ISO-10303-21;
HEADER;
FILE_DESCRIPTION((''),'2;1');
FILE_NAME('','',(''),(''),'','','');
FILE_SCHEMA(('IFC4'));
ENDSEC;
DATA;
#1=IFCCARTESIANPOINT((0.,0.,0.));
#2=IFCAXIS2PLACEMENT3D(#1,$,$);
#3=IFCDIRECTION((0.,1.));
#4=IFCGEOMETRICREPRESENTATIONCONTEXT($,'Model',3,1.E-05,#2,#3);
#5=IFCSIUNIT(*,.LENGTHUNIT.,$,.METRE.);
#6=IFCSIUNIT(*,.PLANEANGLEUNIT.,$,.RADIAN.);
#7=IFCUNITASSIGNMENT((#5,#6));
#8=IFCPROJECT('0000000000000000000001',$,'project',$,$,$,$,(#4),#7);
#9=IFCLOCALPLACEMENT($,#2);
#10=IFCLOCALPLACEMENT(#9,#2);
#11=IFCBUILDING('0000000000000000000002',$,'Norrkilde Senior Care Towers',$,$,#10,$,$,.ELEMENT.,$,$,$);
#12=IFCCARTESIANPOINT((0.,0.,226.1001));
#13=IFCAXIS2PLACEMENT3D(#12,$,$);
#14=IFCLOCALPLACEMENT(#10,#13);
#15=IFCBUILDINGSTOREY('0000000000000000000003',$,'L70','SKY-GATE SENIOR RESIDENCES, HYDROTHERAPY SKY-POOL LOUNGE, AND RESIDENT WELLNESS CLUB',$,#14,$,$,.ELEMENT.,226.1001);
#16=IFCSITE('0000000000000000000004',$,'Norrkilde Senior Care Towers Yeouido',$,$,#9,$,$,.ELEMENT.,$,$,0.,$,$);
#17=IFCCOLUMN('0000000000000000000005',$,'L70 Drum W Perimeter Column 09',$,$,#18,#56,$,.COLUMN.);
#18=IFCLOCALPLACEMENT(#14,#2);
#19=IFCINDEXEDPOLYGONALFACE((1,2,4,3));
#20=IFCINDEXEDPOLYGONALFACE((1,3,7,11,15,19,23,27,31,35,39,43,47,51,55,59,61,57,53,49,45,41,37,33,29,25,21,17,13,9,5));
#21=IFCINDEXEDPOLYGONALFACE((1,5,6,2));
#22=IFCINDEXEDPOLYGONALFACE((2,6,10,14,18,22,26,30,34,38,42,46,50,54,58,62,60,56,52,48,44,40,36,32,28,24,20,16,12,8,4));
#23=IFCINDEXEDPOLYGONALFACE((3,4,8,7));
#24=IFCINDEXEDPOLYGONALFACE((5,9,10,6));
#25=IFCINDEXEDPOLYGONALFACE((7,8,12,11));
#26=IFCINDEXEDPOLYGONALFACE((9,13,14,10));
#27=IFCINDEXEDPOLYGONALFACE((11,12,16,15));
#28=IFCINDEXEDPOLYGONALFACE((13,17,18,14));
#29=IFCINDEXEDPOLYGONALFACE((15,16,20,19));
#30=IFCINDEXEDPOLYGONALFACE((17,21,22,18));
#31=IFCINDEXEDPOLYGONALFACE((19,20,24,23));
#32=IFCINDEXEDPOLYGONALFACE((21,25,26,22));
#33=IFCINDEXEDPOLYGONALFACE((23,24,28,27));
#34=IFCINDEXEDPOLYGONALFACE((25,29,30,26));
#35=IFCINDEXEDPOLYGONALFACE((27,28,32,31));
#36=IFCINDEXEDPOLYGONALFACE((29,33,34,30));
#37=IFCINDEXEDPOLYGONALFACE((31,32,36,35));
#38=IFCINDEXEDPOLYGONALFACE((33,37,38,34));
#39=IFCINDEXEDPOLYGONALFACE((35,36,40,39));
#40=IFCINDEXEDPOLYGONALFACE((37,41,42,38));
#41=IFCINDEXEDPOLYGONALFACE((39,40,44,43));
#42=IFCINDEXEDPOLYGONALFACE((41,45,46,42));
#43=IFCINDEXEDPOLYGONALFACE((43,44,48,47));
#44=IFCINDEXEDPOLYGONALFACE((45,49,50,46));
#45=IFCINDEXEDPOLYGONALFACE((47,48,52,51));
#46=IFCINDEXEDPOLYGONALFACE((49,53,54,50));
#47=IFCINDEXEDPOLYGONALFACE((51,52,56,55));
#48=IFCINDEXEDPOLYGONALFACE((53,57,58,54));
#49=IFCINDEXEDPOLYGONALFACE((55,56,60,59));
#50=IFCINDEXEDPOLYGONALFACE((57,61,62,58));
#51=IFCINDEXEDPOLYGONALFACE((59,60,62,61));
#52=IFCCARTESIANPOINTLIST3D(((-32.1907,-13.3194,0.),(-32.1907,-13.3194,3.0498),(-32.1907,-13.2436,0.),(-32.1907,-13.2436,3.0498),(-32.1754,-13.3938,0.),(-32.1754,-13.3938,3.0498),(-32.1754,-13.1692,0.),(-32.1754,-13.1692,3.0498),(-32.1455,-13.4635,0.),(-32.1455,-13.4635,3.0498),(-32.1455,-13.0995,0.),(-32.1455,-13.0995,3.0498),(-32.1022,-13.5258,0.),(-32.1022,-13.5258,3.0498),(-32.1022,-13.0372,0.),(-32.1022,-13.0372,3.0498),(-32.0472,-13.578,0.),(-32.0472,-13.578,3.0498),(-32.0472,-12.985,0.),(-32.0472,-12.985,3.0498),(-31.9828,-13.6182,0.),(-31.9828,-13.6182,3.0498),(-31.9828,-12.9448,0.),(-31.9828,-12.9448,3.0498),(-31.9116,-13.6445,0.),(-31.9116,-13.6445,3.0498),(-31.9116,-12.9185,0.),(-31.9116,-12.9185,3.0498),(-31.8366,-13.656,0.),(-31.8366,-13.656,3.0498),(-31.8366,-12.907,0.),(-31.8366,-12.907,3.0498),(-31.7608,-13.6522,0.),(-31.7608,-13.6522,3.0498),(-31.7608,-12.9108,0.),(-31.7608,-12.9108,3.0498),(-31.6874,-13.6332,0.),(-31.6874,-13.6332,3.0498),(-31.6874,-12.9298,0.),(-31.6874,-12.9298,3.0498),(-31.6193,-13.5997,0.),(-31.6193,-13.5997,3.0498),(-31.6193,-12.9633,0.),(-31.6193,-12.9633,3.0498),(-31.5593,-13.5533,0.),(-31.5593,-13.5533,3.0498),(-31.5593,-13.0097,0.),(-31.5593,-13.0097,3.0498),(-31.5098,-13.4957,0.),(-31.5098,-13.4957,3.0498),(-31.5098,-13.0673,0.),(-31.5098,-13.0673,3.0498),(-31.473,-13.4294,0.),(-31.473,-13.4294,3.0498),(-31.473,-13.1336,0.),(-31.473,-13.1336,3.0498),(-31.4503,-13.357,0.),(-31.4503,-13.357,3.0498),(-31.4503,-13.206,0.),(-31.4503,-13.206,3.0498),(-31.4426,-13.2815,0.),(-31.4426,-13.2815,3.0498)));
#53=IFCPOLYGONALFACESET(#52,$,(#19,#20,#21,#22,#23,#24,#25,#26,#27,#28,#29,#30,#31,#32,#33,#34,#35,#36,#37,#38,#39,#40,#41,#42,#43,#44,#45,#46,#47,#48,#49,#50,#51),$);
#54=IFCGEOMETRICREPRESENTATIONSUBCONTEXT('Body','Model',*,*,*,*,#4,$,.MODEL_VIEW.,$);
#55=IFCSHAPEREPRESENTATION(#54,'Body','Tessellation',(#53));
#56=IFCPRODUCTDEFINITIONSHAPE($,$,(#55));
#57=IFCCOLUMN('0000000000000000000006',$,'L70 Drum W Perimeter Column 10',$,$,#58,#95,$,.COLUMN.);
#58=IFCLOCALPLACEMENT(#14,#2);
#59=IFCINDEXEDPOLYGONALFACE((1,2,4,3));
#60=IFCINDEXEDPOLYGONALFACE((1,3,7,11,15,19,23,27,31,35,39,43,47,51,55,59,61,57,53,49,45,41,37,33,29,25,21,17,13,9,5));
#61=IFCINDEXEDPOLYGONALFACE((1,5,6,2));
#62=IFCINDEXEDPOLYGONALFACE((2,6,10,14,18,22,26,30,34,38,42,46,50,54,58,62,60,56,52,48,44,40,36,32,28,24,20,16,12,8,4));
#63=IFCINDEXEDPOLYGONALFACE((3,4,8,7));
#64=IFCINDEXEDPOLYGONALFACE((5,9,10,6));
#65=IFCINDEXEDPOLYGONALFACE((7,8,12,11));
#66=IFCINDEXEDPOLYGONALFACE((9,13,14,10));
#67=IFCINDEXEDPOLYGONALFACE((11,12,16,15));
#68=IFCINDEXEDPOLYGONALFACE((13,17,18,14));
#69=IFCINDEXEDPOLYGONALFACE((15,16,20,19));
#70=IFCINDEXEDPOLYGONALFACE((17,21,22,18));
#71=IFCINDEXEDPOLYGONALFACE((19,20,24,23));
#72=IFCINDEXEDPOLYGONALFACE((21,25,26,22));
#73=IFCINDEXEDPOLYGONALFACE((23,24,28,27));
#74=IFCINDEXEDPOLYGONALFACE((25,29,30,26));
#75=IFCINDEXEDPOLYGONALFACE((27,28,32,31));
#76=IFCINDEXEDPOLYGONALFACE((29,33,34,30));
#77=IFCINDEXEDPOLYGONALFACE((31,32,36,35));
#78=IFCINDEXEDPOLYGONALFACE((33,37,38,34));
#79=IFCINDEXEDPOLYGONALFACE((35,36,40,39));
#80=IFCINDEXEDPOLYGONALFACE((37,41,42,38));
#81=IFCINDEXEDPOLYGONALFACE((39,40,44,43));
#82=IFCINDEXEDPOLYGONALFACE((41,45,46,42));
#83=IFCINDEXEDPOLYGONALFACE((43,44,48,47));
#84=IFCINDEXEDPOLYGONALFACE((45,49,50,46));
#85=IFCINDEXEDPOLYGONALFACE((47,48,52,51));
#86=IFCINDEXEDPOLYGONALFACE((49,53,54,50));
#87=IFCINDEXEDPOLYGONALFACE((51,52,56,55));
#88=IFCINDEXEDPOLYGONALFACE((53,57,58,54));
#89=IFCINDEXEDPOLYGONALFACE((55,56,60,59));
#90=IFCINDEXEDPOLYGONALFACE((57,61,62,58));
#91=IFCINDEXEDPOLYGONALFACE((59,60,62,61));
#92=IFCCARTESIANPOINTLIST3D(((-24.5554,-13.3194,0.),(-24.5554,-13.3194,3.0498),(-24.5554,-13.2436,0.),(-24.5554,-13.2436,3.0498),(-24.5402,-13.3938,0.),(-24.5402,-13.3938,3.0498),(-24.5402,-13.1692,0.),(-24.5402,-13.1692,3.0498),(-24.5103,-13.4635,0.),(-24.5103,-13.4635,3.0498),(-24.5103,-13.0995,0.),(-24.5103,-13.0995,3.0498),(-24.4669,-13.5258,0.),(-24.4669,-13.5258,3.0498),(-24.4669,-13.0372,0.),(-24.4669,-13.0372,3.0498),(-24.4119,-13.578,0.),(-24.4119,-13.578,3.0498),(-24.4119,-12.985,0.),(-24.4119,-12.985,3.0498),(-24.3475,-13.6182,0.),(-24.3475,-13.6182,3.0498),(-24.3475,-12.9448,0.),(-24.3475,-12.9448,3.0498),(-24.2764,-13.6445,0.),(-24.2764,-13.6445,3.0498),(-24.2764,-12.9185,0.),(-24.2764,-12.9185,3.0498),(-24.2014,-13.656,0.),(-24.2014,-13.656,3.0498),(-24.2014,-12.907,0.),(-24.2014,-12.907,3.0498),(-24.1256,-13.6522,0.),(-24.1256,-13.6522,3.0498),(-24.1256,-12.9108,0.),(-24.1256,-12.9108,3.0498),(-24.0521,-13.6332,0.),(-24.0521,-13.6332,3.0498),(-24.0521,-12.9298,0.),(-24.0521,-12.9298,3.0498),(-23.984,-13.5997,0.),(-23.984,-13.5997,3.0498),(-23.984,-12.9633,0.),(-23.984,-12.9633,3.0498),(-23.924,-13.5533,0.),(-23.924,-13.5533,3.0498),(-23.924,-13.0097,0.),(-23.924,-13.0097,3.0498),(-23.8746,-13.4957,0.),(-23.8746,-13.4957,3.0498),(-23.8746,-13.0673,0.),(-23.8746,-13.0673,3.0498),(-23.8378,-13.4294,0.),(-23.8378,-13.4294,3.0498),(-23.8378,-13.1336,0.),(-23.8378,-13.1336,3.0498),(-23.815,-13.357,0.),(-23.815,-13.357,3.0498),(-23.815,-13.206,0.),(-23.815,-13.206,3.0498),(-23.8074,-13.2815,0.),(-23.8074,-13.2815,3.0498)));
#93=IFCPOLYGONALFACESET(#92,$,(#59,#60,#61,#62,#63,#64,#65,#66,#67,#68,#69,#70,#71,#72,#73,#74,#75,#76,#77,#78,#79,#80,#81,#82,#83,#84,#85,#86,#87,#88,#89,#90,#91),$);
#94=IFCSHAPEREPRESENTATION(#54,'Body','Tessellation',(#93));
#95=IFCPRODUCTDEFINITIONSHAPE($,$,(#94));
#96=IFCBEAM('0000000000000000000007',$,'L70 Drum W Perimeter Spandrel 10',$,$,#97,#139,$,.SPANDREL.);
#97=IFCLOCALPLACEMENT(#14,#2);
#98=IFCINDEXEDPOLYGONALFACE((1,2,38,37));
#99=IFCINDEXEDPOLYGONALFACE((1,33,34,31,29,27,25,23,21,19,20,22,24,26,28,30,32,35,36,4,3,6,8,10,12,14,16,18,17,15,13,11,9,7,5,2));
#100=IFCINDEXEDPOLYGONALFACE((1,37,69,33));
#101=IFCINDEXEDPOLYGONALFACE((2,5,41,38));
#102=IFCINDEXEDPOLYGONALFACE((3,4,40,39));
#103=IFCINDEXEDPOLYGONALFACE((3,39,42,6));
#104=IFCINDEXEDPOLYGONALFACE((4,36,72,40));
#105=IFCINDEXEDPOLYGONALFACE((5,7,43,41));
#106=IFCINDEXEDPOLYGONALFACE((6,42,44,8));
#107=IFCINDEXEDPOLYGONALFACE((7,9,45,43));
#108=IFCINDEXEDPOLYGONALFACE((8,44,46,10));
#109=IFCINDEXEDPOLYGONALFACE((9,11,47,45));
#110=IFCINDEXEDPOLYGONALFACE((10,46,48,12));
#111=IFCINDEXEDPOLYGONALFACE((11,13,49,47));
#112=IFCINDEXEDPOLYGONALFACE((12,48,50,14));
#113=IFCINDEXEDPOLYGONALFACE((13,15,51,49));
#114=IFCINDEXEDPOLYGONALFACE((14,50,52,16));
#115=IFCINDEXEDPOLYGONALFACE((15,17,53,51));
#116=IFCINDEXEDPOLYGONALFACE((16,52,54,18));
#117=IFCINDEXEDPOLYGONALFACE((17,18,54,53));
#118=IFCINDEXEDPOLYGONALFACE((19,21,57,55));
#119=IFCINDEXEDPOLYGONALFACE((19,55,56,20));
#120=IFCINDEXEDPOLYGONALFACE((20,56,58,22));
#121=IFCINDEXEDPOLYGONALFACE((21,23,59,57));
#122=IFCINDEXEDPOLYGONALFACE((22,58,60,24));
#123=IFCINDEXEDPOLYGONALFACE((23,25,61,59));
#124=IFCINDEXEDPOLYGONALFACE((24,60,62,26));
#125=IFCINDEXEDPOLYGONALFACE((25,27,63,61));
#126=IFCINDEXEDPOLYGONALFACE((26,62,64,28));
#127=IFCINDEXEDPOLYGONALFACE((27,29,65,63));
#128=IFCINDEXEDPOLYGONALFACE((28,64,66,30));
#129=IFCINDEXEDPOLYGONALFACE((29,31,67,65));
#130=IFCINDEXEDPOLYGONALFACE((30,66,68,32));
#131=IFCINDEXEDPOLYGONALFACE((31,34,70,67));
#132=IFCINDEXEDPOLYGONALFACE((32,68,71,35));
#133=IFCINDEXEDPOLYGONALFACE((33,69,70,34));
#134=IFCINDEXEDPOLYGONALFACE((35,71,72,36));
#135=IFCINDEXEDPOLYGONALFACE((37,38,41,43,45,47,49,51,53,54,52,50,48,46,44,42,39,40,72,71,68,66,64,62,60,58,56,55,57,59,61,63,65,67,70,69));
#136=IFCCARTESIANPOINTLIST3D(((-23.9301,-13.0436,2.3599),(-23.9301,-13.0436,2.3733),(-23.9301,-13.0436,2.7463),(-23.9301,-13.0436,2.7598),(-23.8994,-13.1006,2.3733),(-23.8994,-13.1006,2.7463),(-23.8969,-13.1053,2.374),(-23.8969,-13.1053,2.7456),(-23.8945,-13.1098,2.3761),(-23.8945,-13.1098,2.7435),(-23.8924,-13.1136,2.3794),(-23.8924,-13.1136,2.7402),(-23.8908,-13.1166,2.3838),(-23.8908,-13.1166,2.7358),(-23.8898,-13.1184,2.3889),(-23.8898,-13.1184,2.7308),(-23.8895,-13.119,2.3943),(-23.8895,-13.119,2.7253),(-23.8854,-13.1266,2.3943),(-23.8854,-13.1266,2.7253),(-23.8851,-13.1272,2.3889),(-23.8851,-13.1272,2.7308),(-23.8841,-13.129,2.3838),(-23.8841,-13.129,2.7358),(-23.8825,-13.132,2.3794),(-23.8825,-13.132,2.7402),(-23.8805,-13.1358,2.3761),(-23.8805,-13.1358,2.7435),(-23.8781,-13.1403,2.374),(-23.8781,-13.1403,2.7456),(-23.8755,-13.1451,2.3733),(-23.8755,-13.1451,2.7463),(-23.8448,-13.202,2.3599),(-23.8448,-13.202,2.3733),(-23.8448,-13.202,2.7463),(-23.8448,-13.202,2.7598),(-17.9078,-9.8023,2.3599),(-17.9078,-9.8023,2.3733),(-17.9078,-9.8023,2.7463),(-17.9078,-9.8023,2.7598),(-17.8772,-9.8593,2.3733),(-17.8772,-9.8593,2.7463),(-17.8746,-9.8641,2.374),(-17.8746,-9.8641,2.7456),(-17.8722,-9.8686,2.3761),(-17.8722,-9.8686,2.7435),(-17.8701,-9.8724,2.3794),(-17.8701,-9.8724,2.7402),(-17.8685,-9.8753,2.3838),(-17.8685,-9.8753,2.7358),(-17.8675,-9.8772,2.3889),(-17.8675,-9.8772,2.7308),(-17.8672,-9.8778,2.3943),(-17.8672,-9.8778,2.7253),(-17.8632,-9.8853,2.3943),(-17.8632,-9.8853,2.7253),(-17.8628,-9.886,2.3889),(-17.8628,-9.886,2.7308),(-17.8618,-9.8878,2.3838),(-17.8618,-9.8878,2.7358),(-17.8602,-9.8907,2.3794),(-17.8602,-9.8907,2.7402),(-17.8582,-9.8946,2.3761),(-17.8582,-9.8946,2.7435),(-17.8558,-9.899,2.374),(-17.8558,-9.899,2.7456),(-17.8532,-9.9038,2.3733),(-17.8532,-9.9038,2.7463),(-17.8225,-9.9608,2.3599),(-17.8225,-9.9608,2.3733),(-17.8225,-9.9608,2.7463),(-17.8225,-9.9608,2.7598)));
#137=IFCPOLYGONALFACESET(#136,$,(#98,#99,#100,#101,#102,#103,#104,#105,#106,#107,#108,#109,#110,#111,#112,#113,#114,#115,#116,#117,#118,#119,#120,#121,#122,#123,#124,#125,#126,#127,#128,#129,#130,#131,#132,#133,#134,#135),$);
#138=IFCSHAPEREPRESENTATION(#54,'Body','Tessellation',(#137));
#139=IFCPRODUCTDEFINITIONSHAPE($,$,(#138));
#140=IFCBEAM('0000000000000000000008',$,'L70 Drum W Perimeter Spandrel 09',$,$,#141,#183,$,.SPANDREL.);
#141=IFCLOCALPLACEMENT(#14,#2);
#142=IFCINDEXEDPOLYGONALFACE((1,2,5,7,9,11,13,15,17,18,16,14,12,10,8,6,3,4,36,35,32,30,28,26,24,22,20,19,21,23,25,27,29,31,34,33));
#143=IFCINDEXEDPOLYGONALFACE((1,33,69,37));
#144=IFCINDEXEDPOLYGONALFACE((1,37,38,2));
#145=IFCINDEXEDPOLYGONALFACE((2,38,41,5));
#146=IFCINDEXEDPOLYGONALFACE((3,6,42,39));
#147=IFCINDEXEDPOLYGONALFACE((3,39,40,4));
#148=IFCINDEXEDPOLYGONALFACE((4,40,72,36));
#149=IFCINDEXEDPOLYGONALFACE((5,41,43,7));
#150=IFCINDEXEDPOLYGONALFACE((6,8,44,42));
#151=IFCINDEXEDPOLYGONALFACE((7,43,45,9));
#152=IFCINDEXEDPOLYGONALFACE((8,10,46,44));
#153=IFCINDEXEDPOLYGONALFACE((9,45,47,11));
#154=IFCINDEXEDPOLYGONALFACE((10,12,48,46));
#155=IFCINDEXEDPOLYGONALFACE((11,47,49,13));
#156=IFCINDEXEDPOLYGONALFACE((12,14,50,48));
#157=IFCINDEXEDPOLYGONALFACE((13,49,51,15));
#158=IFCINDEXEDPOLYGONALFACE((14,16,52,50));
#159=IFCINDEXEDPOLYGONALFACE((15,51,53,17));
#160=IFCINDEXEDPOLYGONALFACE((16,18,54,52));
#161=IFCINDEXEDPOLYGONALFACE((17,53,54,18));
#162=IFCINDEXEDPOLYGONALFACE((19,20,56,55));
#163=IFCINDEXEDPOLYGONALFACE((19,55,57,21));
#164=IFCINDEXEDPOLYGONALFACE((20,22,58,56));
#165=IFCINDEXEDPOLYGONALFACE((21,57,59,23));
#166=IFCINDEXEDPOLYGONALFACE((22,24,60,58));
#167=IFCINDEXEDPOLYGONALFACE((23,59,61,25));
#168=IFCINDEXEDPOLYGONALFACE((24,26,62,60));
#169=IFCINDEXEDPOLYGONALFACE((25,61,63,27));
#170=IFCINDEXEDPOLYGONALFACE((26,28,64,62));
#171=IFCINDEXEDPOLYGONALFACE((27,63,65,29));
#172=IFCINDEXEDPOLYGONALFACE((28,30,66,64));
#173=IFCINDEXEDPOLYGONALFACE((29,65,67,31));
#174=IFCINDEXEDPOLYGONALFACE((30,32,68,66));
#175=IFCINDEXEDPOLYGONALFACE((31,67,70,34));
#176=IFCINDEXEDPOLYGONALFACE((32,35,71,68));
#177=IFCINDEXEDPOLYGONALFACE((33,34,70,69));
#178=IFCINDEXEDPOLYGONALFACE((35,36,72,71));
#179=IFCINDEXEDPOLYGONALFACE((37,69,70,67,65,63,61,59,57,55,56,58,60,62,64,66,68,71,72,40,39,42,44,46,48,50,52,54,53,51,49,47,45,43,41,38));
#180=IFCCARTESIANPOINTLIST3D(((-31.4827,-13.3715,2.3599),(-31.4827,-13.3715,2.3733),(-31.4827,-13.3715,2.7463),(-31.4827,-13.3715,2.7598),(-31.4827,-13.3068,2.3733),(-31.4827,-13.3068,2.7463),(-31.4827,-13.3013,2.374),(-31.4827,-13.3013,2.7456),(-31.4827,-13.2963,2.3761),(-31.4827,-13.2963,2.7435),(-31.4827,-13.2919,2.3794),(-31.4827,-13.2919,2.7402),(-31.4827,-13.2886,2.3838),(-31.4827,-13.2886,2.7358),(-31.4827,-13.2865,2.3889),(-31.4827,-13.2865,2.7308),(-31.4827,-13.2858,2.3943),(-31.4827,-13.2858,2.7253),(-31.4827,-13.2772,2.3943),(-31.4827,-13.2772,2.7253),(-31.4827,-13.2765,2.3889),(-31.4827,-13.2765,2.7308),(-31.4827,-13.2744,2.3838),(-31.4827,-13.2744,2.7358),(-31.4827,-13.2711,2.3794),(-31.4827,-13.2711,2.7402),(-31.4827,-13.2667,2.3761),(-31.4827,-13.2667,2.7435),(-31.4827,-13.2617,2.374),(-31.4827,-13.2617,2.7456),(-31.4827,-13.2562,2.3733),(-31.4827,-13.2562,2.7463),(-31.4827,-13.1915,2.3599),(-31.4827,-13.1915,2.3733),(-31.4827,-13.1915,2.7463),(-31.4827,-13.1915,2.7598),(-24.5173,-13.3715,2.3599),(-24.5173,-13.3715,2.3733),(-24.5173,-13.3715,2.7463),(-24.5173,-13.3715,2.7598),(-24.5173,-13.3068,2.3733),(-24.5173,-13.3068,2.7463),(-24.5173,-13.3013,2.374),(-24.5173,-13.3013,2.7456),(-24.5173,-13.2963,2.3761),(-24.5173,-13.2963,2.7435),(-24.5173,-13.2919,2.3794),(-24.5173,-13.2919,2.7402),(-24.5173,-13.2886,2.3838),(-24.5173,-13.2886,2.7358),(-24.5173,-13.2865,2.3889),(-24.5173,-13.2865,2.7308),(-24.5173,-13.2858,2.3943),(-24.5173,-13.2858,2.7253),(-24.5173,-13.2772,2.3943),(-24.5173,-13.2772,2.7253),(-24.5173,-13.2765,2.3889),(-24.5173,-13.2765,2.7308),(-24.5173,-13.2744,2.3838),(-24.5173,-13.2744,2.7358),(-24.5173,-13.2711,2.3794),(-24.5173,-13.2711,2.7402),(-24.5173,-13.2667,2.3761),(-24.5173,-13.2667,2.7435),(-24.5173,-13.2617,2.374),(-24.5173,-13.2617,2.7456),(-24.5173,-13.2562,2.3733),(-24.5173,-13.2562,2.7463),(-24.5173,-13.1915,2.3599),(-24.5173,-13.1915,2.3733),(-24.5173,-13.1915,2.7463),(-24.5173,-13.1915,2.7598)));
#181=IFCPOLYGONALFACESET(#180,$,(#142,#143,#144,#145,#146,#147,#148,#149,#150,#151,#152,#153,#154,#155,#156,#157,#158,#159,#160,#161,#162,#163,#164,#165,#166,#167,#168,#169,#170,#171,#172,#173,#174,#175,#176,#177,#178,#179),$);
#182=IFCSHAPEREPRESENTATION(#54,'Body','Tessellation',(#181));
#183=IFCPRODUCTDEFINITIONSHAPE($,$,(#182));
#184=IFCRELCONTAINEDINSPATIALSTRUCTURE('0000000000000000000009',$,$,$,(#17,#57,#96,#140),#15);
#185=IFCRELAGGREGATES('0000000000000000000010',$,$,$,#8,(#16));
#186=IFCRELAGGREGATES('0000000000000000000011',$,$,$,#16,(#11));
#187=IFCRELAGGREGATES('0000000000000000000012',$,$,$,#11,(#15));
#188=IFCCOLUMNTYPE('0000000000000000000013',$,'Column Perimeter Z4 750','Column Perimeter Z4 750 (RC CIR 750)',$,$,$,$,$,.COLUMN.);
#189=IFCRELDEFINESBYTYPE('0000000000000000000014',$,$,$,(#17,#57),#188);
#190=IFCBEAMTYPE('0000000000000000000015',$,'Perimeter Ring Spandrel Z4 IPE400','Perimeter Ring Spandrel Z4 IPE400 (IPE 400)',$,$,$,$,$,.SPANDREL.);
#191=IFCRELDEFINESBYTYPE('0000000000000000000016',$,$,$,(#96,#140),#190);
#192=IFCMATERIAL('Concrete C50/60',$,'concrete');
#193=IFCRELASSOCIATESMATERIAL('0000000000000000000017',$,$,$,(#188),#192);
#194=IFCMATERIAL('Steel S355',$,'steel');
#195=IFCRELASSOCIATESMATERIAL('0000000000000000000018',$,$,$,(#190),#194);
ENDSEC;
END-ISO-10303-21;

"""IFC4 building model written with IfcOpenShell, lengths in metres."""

from ifc_helpers import new_model, si_unit, direction, frame, origin, origin_2d, place, context, subcontext, project, spatial, circle, i_section, extrude, source, transform, mapped, material, material_profile, profile_set, type_object, type_shapes, element, save


model = new_model("IFC4")

# Units and contexts
model_context = context("Model", 3, precision=1e-05, world=origin(), true_north=direction((0.0, 1.0)))
body_context = subcontext(model_context, "Body", "Model", "MODEL_VIEW")
ifc_project = project(units=[si_unit("LENGTHUNIT", "METRE"), si_unit("PLANEANGLEUNIT", "RADIAN")], contexts=[model_context])

# Site, building, storey
site_placement = place(None, origin())
site = spatial("IfcSite", under=ifc_project, at=site_placement, Name="Norrkilde Senior Care Towers Yeouido", CompositionType="ELEMENT", RefElevation=0.0)
building_placement = place(site_placement, origin())
building = spatial("IfcBuilding", under=site, at=building_placement, Name="Norrkilde Senior Care Towers", CompositionType="ELEMENT")
storey_placement = place(building_placement, frame((0.0, 0.0, 226.1001)))
storey = spatial("IfcBuildingStorey", under=building, at=storey_placement, Name="L70", Description="SKY-GATE SENIOR RESIDENCES, HYDROTHERAPY SKY-POOL LOUNGE, AND RESIDENT WELLNESS CLUB", CompositionType="ELEMENT", Elevation=226.1001)

# Columns
ifc_material_1 = material(Name="Concrete C50/60", Category="concrete")
ifc_material_profile_1 = material_profile(ifc_material_1, circle(Radius=0.375, at=origin_2d()), Name="RC CIR 750")
ifc_profile_set_1 = profile_set([ifc_material_profile_1], Name="Concrete C50/60")
column_type = type_object("IfcColumnType", Name="Column Perimeter Z4 750", Description="Column Perimeter Z4 750 (RC CIR 750)", PredefinedType="COLUMN", material=ifc_profile_set_1)
shared_shape_1 = source(origin(), body_context, "Body", "SweptSolid", [
    extrude(circle(Radius=0.375, at=origin_2d()), origin(), (0.0, 0.0, 1.0), 3.0498),
])
type_shapes(column_type, [shared_shape_1])
for number, where, z_axis, x_axis, name in (
    (1, (-31.8176, -13.2815, 0.0), (0.0, 0.0, 1.0), (1.0, 0.0, 0.0), "L70 Drum W Perimeter Column 09"),
    (2, (-24.1824, -13.2815, 0.0), (0.0, 0.0, 1.0), (1.0, 0.0, 0.0), "L70 Drum W Perimeter Column 10"),
):
    element("IfcColumn", number, at=place(storey_placement, frame(where, z_axis=z_axis, x_axis=x_axis)), inside=storey, type_object=column_type, Name=name, PredefinedType="COLUMN", context=body_context, shape_type="MappedRepresentation", body=[
        mapped(shared_shape_1, transform((0.0, 0.0, 0.0), x_axis=(1.0, 0.0, 0.0), y_axis=(0.0, 1.0, 0.0), z_axis=(0.0, 0.0, 1.0), scale=1.0)),
    ])

# Beams
ifc_material_2 = material(Name="Steel S355", Category="steel")
ifc_material_profile_2 = material_profile(ifc_material_2, i_section(OverallWidth=0.1799, OverallDepth=0.3999, WebThickness=0.0085, FlangeThickness=0.0134, FilletRadius=0.021, at=origin_2d()), Name="IPE 400")
ifc_profile_set_2 = profile_set([ifc_material_profile_2], Name="Steel S355")
beam_type_1 = type_object("IfcBeamType", Name="Perimeter Ring Spandrel Z4 IPE400", Description="Perimeter Ring Spandrel Z4 IPE400 (IPE 400)", PredefinedType="SPANDREL", material=ifc_profile_set_2)
shared_shape_2 = source(origin(), body_context, "Body", "SweptSolid", [
    extrude(i_section(OverallWidth=0.1799, OverallDepth=0.3999, WebThickness=0.0085, FlangeThickness=0.0134, FilletRadius=0.021, at=origin_2d()), origin(), (0.0, 0.0, 1.0), 6.8391),
])
beam_1_placement = place(storey_placement, frame((-23.8875, -13.1228, 2.5598), z_axis=(0.880564, 0.473927, 0.0), x_axis=(-0.473927, 0.880564, 0.0)))
element("IfcBeam", 3, at=beam_1_placement, inside=storey, type_object=beam_type_1, Name="L70 Drum W Perimeter Spandrel 10", PredefinedType="SPANDREL", context=body_context, shape_type="MappedRepresentation", body=[
    mapped(shared_shape_2, transform((0.0, 0.0, 0.0), x_axis=(1.0, 0.0, 0.0), y_axis=(0.0, 1.0, 0.0), z_axis=(0.0, 0.0, 1.0), scale=1.0)),
])
shared_shape_3 = source(origin(), body_context, "Body", "SweptSolid", [
    extrude(i_section(OverallWidth=0.1799, OverallDepth=0.3999, WebThickness=0.0085, FlangeThickness=0.0134, FilletRadius=0.021, at=origin_2d()), origin(), (0.0, 0.0, 1.0), 6.9653),
])
type_shapes(beam_type_1, [shared_shape_2, shared_shape_3])
beam_2_placement = place(storey_placement, frame((-31.4827, -13.2815, 2.5598), z_axis=(1.0, 0.0, 0.0), x_axis=(0.0, 1.0, 0.0)))
element("IfcBeam", 4, at=beam_2_placement, inside=storey, type_object=beam_type_1, Name="L70 Drum W Perimeter Spandrel 09", PredefinedType="SPANDREL", context=body_context, shape_type="MappedRepresentation", body=[
    mapped(shared_shape_3, transform((0.0, 0.0, 0.0), x_axis=(1.0, 0.0, 0.0), y_axis=(0.0, 1.0, 0.0), z_axis=(0.0, 0.0, 1.0), scale=1.0)),
])

save(model, "model.ifc")
